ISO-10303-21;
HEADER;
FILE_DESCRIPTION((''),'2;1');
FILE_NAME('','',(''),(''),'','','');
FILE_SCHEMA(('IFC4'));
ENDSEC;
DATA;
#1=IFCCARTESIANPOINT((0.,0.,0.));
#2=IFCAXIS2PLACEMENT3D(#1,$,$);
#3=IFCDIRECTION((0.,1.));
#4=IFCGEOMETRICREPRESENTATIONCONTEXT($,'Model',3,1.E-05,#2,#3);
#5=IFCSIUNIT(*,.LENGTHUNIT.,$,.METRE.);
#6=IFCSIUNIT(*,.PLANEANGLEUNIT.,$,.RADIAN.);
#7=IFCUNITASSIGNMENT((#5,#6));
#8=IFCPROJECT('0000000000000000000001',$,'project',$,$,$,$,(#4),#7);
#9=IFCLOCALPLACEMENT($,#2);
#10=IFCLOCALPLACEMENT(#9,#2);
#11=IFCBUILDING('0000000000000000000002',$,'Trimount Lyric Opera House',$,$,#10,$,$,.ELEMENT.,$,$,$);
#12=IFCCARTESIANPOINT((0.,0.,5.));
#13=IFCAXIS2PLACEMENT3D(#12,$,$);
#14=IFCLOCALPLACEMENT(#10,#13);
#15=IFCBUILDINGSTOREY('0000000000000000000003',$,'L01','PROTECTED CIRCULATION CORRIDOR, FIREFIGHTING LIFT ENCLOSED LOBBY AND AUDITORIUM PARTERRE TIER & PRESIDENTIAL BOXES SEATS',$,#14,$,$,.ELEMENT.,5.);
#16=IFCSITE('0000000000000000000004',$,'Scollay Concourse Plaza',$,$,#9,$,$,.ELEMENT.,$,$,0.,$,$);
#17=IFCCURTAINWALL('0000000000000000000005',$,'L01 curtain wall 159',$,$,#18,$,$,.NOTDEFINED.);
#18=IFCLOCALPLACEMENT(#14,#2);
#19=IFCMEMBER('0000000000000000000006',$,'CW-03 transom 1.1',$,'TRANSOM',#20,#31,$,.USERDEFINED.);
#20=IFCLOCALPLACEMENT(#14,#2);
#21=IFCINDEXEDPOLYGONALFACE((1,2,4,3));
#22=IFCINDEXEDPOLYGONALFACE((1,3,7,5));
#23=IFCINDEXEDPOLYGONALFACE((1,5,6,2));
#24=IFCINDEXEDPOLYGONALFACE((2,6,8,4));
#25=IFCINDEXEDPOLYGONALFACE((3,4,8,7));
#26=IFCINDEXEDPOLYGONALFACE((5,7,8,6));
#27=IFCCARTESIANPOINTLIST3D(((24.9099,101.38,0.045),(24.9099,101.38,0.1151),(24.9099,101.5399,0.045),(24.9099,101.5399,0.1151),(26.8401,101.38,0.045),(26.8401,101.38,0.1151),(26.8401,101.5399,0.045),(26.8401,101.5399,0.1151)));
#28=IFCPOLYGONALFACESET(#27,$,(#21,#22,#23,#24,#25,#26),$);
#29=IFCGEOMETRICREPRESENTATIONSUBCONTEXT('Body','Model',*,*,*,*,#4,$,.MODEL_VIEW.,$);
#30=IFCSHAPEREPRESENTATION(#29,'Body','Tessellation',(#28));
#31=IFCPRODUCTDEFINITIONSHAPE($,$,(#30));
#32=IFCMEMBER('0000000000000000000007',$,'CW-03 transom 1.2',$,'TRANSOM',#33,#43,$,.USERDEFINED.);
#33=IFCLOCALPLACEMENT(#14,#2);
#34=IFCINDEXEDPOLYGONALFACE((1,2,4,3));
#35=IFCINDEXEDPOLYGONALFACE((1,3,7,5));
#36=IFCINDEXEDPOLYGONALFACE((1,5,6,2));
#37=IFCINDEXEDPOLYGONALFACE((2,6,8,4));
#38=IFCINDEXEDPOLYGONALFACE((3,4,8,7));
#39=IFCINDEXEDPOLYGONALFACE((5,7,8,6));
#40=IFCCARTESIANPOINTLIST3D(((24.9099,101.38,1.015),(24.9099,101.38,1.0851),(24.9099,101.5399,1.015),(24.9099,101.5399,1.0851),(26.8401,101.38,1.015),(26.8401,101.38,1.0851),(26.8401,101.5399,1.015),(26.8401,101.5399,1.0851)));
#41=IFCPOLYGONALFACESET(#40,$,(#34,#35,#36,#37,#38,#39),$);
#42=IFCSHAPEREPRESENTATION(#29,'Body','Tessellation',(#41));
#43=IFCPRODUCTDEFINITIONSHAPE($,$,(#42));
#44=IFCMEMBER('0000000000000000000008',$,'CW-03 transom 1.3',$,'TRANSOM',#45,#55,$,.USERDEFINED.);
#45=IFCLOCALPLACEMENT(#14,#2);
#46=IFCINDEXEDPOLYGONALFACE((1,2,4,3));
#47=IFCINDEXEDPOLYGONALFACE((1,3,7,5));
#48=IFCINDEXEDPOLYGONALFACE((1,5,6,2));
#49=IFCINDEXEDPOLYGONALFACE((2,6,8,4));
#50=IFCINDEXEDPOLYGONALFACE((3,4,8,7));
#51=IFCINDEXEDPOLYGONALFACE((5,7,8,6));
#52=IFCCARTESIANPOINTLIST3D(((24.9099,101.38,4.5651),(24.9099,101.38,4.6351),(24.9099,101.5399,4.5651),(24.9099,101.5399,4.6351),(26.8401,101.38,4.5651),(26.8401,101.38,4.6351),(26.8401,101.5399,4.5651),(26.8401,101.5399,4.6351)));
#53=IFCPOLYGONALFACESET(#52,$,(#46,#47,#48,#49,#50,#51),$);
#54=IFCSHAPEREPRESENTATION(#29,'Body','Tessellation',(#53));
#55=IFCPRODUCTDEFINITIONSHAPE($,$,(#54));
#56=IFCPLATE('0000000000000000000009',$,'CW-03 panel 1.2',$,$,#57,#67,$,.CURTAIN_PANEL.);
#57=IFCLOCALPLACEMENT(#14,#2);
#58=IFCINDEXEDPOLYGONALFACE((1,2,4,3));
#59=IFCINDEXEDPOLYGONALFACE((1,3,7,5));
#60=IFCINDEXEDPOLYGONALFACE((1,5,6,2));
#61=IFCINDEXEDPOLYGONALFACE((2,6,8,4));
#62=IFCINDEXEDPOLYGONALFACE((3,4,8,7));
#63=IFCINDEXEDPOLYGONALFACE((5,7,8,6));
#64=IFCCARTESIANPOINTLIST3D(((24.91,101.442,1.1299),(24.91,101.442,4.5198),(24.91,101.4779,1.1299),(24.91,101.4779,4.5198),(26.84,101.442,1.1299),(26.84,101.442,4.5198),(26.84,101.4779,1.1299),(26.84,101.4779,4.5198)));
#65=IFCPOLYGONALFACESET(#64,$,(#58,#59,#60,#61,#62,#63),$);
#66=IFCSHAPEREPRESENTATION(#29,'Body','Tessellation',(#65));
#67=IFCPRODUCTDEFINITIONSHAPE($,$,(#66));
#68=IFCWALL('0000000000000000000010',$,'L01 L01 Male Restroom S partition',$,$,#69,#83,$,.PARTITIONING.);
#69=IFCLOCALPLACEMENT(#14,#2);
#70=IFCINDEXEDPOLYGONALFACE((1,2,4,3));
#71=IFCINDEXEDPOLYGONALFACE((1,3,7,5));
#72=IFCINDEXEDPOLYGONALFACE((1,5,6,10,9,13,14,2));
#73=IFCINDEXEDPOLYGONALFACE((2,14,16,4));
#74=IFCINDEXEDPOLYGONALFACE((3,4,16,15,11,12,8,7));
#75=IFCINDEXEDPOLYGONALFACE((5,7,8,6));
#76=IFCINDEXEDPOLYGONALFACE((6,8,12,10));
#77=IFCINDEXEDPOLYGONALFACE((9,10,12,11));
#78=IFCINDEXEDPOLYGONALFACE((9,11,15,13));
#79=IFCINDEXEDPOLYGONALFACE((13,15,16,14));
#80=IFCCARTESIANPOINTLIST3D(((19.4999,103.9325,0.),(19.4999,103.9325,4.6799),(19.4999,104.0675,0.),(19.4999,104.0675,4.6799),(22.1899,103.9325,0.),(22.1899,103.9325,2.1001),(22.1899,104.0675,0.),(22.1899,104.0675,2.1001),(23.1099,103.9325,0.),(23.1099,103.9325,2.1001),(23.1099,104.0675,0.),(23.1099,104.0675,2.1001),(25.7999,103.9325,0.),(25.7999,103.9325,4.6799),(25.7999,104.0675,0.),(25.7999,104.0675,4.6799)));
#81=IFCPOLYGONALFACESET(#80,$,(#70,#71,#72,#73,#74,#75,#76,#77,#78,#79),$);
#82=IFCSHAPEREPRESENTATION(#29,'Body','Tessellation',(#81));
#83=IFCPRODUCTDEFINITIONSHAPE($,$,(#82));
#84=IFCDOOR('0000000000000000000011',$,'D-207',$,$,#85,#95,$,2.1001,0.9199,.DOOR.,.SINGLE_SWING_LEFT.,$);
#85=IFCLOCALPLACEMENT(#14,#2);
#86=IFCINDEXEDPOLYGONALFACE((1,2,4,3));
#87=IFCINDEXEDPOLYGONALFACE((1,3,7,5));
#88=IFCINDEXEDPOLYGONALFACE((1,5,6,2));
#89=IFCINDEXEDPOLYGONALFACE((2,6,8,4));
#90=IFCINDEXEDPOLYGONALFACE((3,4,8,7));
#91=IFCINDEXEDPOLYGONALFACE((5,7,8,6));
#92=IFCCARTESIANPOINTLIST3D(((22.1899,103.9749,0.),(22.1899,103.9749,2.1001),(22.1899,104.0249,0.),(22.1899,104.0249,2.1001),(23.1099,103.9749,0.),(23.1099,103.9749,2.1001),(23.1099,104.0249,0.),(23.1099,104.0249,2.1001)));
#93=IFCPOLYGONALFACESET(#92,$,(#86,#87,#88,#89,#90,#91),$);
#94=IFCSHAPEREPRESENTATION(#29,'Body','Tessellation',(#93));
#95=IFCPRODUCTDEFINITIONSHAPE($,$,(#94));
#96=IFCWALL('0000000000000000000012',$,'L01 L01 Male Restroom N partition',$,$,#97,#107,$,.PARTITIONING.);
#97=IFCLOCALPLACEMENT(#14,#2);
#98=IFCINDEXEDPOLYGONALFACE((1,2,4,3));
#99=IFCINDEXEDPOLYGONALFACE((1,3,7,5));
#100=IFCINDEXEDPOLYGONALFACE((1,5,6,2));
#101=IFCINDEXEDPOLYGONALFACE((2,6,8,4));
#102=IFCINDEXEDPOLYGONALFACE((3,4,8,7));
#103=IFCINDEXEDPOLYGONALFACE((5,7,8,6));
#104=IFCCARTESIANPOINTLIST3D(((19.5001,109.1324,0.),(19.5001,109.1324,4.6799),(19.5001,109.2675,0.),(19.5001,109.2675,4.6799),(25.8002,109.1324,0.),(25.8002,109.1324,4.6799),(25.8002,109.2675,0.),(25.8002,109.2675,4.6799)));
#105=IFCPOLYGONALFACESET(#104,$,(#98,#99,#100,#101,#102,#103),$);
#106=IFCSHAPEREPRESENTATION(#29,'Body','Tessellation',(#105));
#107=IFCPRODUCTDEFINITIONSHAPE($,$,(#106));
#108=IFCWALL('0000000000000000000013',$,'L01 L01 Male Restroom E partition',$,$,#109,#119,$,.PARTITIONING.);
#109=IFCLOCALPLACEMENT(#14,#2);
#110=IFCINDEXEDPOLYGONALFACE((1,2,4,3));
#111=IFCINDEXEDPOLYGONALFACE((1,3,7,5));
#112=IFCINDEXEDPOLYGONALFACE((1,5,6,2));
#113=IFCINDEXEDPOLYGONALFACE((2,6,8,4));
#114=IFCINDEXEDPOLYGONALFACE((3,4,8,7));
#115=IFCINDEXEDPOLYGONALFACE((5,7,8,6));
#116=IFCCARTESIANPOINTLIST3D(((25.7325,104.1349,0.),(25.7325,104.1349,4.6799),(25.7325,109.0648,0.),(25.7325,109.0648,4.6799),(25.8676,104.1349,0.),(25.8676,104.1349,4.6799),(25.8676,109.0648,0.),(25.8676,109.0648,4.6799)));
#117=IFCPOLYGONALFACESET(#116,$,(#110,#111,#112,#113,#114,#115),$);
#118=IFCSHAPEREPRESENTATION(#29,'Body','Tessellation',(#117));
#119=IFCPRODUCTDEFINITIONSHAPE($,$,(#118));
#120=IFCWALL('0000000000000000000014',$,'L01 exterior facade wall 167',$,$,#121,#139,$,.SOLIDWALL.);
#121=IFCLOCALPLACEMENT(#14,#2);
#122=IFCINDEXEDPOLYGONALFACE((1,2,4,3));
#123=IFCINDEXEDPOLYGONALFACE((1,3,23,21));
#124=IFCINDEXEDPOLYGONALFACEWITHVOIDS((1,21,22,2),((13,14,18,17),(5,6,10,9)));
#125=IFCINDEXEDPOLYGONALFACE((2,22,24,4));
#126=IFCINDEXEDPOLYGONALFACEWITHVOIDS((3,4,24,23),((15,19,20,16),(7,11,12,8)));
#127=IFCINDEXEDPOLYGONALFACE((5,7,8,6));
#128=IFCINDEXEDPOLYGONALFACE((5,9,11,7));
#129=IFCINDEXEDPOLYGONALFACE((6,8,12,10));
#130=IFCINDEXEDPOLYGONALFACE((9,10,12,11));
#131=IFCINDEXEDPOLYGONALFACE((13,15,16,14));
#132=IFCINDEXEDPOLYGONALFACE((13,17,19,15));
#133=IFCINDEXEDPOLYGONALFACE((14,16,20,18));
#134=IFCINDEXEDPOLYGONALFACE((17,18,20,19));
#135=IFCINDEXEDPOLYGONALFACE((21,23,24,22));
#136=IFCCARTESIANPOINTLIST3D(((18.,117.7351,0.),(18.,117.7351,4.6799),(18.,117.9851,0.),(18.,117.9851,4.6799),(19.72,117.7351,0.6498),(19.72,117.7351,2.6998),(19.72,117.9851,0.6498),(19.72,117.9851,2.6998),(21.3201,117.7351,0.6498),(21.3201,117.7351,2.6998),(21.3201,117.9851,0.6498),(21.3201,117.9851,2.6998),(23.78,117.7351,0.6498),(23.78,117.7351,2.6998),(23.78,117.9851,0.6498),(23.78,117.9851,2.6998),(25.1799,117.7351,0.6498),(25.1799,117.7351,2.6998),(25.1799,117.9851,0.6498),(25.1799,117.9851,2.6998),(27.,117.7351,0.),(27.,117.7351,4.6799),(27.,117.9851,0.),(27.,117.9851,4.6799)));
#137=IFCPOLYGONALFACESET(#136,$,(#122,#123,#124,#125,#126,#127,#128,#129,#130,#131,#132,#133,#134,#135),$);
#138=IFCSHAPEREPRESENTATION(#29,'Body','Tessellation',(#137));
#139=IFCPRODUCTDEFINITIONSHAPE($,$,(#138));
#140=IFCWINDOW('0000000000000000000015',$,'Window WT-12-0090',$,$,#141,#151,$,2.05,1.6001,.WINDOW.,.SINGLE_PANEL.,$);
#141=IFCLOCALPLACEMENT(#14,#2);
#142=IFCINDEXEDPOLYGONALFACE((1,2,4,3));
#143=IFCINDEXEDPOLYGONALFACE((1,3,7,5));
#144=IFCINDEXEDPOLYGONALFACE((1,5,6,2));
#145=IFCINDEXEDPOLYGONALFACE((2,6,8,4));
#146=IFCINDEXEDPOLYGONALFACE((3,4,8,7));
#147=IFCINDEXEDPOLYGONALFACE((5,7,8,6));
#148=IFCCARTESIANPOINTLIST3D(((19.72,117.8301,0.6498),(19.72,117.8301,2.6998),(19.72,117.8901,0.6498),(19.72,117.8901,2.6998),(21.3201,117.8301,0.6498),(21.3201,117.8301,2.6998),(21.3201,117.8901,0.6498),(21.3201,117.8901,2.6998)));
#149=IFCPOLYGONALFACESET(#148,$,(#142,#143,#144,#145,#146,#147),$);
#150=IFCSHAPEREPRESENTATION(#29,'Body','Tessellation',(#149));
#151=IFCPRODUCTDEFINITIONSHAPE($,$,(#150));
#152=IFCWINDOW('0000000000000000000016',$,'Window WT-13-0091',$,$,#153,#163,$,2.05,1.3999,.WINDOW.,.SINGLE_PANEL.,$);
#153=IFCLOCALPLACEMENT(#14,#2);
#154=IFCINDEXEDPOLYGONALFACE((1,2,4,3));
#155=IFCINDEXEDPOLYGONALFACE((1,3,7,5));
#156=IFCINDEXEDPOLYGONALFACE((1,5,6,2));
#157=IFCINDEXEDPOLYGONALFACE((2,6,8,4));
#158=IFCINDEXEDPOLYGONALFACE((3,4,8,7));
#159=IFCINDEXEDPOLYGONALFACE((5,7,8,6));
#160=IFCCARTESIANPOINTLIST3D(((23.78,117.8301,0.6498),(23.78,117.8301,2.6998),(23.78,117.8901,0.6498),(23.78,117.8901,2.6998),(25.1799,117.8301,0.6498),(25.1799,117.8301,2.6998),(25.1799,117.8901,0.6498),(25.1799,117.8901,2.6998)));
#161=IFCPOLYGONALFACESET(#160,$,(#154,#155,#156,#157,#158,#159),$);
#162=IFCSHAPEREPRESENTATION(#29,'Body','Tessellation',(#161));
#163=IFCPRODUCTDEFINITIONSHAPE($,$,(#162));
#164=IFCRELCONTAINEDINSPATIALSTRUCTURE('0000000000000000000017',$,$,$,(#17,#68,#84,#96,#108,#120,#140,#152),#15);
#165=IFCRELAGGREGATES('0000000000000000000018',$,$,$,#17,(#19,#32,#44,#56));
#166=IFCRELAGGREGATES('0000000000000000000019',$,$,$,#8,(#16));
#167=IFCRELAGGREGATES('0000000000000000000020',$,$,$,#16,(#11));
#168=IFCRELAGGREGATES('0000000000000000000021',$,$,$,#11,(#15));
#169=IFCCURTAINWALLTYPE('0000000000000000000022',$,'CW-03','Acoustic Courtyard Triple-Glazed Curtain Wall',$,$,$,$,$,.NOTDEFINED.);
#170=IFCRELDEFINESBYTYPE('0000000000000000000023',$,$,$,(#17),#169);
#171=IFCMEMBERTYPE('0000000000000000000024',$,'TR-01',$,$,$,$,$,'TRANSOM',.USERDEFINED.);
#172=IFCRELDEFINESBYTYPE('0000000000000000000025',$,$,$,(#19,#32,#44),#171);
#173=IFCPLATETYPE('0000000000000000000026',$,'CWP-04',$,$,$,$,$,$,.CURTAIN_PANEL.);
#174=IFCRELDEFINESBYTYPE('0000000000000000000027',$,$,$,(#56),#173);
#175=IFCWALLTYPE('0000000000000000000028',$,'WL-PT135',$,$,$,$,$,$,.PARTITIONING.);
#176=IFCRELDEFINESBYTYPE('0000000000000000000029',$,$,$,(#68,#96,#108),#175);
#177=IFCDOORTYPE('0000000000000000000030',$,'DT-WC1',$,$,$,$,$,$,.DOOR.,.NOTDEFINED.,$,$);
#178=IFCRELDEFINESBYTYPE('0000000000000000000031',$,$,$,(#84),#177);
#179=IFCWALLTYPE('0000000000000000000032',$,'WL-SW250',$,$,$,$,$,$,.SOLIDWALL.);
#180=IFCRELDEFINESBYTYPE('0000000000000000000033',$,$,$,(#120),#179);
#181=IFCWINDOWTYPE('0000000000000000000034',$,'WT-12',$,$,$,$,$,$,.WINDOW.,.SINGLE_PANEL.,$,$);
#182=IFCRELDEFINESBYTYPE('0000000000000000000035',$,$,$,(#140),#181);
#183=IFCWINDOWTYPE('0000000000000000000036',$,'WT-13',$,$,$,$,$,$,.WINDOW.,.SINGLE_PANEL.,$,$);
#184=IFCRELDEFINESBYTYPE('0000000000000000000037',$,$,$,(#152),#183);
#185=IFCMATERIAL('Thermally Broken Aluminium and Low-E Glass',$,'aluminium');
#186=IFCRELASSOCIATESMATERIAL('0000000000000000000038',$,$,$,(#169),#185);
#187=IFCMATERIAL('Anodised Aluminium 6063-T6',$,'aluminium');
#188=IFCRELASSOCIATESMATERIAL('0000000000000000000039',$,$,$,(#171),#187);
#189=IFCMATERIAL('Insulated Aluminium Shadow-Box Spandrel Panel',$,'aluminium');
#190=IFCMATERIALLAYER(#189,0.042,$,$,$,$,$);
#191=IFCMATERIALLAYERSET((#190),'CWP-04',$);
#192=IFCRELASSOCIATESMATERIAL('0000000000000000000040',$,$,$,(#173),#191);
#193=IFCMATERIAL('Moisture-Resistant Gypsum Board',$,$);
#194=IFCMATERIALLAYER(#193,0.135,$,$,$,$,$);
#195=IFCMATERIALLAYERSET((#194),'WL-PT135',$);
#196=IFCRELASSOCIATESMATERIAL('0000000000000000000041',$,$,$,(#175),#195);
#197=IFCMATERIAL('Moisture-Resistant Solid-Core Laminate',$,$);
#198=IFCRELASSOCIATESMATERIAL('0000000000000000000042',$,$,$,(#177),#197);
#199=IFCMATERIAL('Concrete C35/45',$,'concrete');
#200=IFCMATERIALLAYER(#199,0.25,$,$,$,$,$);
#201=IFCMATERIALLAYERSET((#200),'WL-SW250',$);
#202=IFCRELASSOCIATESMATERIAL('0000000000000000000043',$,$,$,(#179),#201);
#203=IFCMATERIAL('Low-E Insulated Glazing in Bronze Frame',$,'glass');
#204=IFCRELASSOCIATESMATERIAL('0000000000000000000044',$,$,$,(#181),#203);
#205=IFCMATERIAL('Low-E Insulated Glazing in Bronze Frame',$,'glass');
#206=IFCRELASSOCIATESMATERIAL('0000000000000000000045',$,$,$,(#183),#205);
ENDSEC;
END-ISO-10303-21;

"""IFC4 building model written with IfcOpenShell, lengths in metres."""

from ifc_helpers import new_model, si_unit, direction, frame, frame_2d, origin, origin_2d, place, context, subcontext, project, spatial, rectangle, extrude, material, layer, layer_set, material_profile, profile_set, type_object, element, fill, aggregate, save


model = new_model("IFC4")

# Units and contexts
model_context = context("Model", 3, precision=1e-05, world=origin(), true_north=direction((0.0, 1.0)))
body_context = subcontext(model_context, "Body", "Model", "MODEL_VIEW")
ifc_project = project(units=[si_unit("LENGTHUNIT", "METRE"), si_unit("PLANEANGLEUNIT", "RADIAN")], contexts=[model_context])

# Site, building, storey
site_placement = place(None, origin())
site = spatial("IfcSite", under=ifc_project, at=site_placement, Name="Scollay Concourse Plaza", CompositionType="ELEMENT", RefElevation=0.0)
building_placement = place(site_placement, origin())
building = spatial("IfcBuilding", under=site, at=building_placement, Name="Trimount Lyric Opera House", CompositionType="ELEMENT")
storey_placement = place(building_placement, frame((0.0, 0.0, 5.0)))
storey = spatial("IfcBuildingStorey", under=building, at=storey_placement, Name="L01", Description="PROTECTED CIRCULATION CORRIDOR, FIREFIGHTING LIFT ENCLOSED LOBBY AND AUDITORIUM PARTERRE TIER & PRESIDENTIAL BOXES SEATS", CompositionType="ELEMENT", Elevation=5.0)

# Curtain wall
ifc_material_1 = material(Name="Thermally Broken Aluminium and Low-E Glass", Category="aluminium")
curtain_wall_type = type_object("IfcCurtainWallType", Name="CW-03", Description="Acoustic Courtyard Triple-Glazed Curtain Wall", PredefinedType="NOTDEFINED", material=ifc_material_1)
curtain_wall_placement = place(storey_placement, origin())
curtain_wall = element("IfcCurtainWall", 1, at=curtain_wall_placement, inside=storey, type_object=curtain_wall_type, Name="L01 curtain wall 159", PredefinedType="NOTDEFINED")

# Members
ifc_material_2 = material(Name="Anodised Aluminium 6063-T6", Category="aluminium")
ifc_material_profile_1 = material_profile(ifc_material_2, rectangle(XDim=0.1599, YDim=0.0701, at=origin_2d()), Name="ALU-TRAN-70X160")
ifc_profile_set_1 = profile_set([ifc_material_profile_1], Name="Anodised Aluminium 6063-T6")
member_type_1 = type_object("IfcMemberType", Name="TR-01", ElementType="TRANSOM", PredefinedType="USERDEFINED", material=ifc_profile_set_1)
member_1_placement = place(storey_placement, frame((26.8401, 101.46, 0.0801), z_axis=(-1.0, 0.0, 0.0), x_axis=(0.0, -1.0, 0.0)))
member_1 = element("IfcMember", 2, at=member_1_placement, type_object=member_type_1, Name="CW-03 transom 1.1", ObjectType="TRANSOM", PredefinedType="USERDEFINED", context=body_context, shape_type="SweptSolid", body=[
    extrude(rectangle(XDim=0.1599, YDim=0.0701, at=origin_2d()), origin(), (0.0, 0.0, 1.0), 1.9302),
])
member_2_placement = place(storey_placement, frame((26.8401, 101.46, 1.05), z_axis=(-1.0, 0.0, 0.0), x_axis=(0.0, -1.0, 0.0)))
member_2 = element("IfcMember", 3, at=member_2_placement, type_object=member_type_1, Name="CW-03 transom 1.2", ObjectType="TRANSOM", PredefinedType="USERDEFINED", context=body_context, shape_type="SweptSolid", body=[
    extrude(rectangle(XDim=0.1599, YDim=0.0701, at=origin_2d()), origin(), (0.0, 0.0, 1.0), 1.9302),
])
member_3_placement = place(storey_placement, frame((26.8401, 101.46, 4.6001), z_axis=(-1.0, 0.0, 0.0), x_axis=(0.0, -1.0, 0.0)))
member_3 = element("IfcMember", 4, at=member_3_placement, type_object=member_type_1, Name="CW-03 transom 1.3", ObjectType="TRANSOM", PredefinedType="USERDEFINED", context=body_context, shape_type="SweptSolid", body=[
    extrude(rectangle(XDim=0.1599, YDim=0.0701, at=origin_2d()), origin(), (0.0, 0.0, 1.0), 1.9302),
])

# Plate
ifc_material_3 = material(Name="Insulated Aluminium Shadow-Box Spandrel Panel", Category="aluminium")
ifc_layer_1 = layer(ifc_material_3, 0.042)
ifc_layer_set_1 = layer_set([ifc_layer_1], Name="CWP-04")
plate_type = type_object("IfcPlateType", Name="CWP-04", PredefinedType="CURTAIN_PANEL", material=ifc_layer_set_1)
plate_placement = place(storey_placement, frame((25.875, 101.46, 1.1299), z_axis=(0.0, 0.0, 1.0), x_axis=(-1.0, 0.0, 0.0)))
plate = element("IfcPlate", 5, at=plate_placement, type_object=plate_type, Name="CW-03 panel 1.2", PredefinedType="CURTAIN_PANEL", context=body_context, shape_type="SweptSolid", body=[
    extrude(rectangle(XDim=1.9299, YDim=0.0359, at=origin_2d()), origin(), (0.0, 0.0, 1.0), 3.3899),
])
aggregate(curtain_wall, [member_1, member_2, member_3, plate])

# Wall, opening, door
ifc_material_4 = material(Name="Moisture-Resistant Gypsum Board")
ifc_layer_2 = layer(ifc_material_4, 0.135)
ifc_layer_set_2 = layer_set([ifc_layer_2], Name="WL-PT135")
wall_type_1 = type_object("IfcWallType", Name="WL-PT135", PredefinedType="PARTITIONING", material=ifc_layer_set_2)
wall_1_placement = place(storey_placement, frame((19.5, 104.0, 0.0), z_axis=(0.0, 0.0, 1.0), x_axis=(1.0, 0.0, 0.0)))
wall_1 = element("IfcWall", 6, at=wall_1_placement, inside=storey, type_object=wall_type_1, Name="L01 L01 Male Restroom S partition", PredefinedType="PARTITIONING", context=body_context, shape_type="SweptSolid", body=[
    extrude(rectangle(XDim=6.3, YDim=0.135, at=frame_2d((3.1499, 0.0))), origin(), (0.0, 0.0, 1.0), 4.6799),
])
opening_1_placement = place(wall_1_placement, frame((2.6899, 0.0, 0.0)))
opening_1 = element("IfcOpeningElement", 7, at=opening_1_placement, cuts=wall_1, PredefinedType="OPENING", context=body_context, shape_type="SweptSolid", body=[
    extrude(rectangle(XDim=0.9199, YDim=2.1001, at=frame_2d((0.46, 1.05))), frame((0.0, 0.0776, 0.0), z_axis=(0.0, -1.0, 0.0), x_axis=(1.0, 0.0, 0.0)), (0.0, 0.0, 1.0), 0.155),
])
ifc_material_5 = material(Name="Moisture-Resistant Solid-Core Laminate")
door_type = type_object("IfcDoorType", Name="DT-WC1", OperationType="NOTDEFINED", PredefinedType="DOOR", material=ifc_material_5)
door_placement = place(opening_1_placement, origin())
door = element("IfcDoor", 8, at=door_placement, inside=storey, type_object=door_type, Name="D-207", OperationType="SINGLE_SWING_LEFT", OverallHeight=2.1001, OverallWidth=0.9199, PredefinedType="DOOR", context=body_context, shape_type="SweptSolid", body=[
    extrude(rectangle(XDim=0.9199, YDim=2.1001, at=frame_2d((0.46, 1.05))), frame((0.0, 0.0249, 0.0), z_axis=(0.0, -1.0, 0.0), x_axis=(1.0, 0.0, 0.0)), (0.0, 0.0, 1.0), 0.05),
])
fill(opening_1, door)

# Walls
wall_2_placement = place(storey_placement, frame((25.8, 109.2, 0.0), z_axis=(0.0, 0.0, 1.0), x_axis=(-1.0, 0.0, 0.0)))
element("IfcWall", 9, at=wall_2_placement, inside=storey, type_object=wall_type_1, Name="L01 L01 Male Restroom N partition", PredefinedType="PARTITIONING", context=body_context, shape_type="SweptSolid", body=[
    extrude(rectangle(XDim=6.3, YDim=0.135, at=frame_2d((3.1499, 0.0))), origin(), (0.0, 0.0, 1.0), 4.6799),
])
for number, where, z_axis, x_axis, name in (
    (10, (25.8, 104.135, 0.0), (0.0, 0.0, 1.0), (0.0, 1.0, 0.0), "L01 L01 Male Restroom E partition"),
):
    element("IfcWall", number, at=place(storey_placement, frame(where, z_axis=z_axis, x_axis=x_axis)), inside=storey, type_object=wall_type_1, Name=name, PredefinedType="PARTITIONING", context=body_context, shape_type="SweptSolid", body=[
        extrude(rectangle(XDim=4.9299, YDim=0.135, at=frame_2d((2.4648, 0.0))), origin(), (0.0, 0.0, 1.0), 4.6799),
    ])

# Wall, openings, windows
ifc_material_6 = material(Name="Concrete C35/45", Category="concrete")
ifc_layer_3 = layer(ifc_material_6, 0.25)
ifc_layer_set_3 = layer_set([ifc_layer_3], Name="WL-SW250")
wall_type_2 = type_object("IfcWallType", Name="WL-SW250", PredefinedType="SOLIDWALL", material=ifc_layer_set_3)
wall_3_placement = place(storey_placement, frame((18.0, 117.8601, 0.0), z_axis=(0.0, 0.0, 1.0), x_axis=(1.0, 0.0, 0.0)))
wall_3 = element("IfcWall", 11, at=wall_3_placement, inside=storey, type_object=wall_type_2, Name="L01 exterior facade wall 167", PredefinedType="SOLIDWALL", context=body_context, shape_type="SweptSolid", body=[
    extrude(rectangle(XDim=9.0, YDim=0.25, at=frame_2d((4.5, 0.0))), origin(), (0.0, 0.0, 1.0), 4.6799),
])
opening_2_placement = place(wall_3_placement, frame((1.72, 0.0, 0.6499)))
opening_2 = element("IfcOpeningElement", 12, at=opening_2_placement, cuts=wall_3, PredefinedType="OPENING", context=body_context, shape_type="SweptSolid", body=[
    extrude(rectangle(XDim=1.6001, YDim=2.05, at=frame_2d((0.8, 1.0249))), frame((0.0, 0.135, 0.0), z_axis=(0.0, -1.0, 0.0), x_axis=(1.0, 0.0, 0.0)), (0.0, 0.0, 1.0), 0.27),
])
opening_3_placement = place(wall_3_placement, frame((5.78, 0.0, 0.6499)))
opening_3 = element("IfcOpeningElement", 13, at=opening_3_placement, cuts=wall_3, PredefinedType="OPENING", context=body_context, shape_type="SweptSolid", body=[
    extrude(rectangle(XDim=1.3999, YDim=2.05, at=frame_2d((0.7, 1.0249))), frame((0.0, 0.135, 0.0), z_axis=(0.0, -1.0, 0.0), x_axis=(1.0, 0.0, 0.0)), (0.0, 0.0, 1.0), 0.27),
])
ifc_material_7 = material(Name="Low-E Insulated Glazing in Bronze Frame", Category="glass")
window_type_1 = type_object("IfcWindowType", Name="WT-12", PartitioningType="SINGLE_PANEL", PredefinedType="WINDOW", material=ifc_material_7)
window_1_placement = place(opening_2_placement, origin())
window_1 = element("IfcWindow", 14, at=window_1_placement, inside=storey, type_object=window_type_1, Name="Window WT-12-0090", OverallHeight=2.05, OverallWidth=1.6001, PartitioningType="SINGLE_PANEL", PredefinedType="WINDOW", context=body_context, shape_type="SweptSolid", body=[
    extrude(rectangle(XDim=1.6001, YDim=2.05, at=frame_2d((0.8, 1.0249))), frame((0.0, 0.03, 0.0), z_axis=(0.0, -1.0, 0.0), x_axis=(1.0, 0.0, 0.0)), (0.0, 0.0, 1.0), 0.0601),
])
fill(opening_2, window_1)
ifc_material_8 = material(Name="Low-E Insulated Glazing in Bronze Frame", Category="glass")
window_type_2 = type_object("IfcWindowType", Name="WT-13", PartitioningType="SINGLE_PANEL", PredefinedType="WINDOW", material=ifc_material_8)
window_2_placement = place(opening_3_placement, origin())
window_2 = element("IfcWindow", 15, at=window_2_placement, inside=storey, type_object=window_type_2, Name="Window WT-13-0091", OverallHeight=2.05, OverallWidth=1.3999, PartitioningType="SINGLE_PANEL", PredefinedType="WINDOW", context=body_context, shape_type="SweptSolid", body=[
    extrude(rectangle(XDim=1.3999, YDim=2.05, at=frame_2d((0.7, 1.0249))), frame((0.0, 0.03, 0.0), z_axis=(0.0, -1.0, 0.0), x_axis=(1.0, 0.0, 0.0)), (0.0, 0.0, 1.0), 0.0601),
])
fill(opening_3, window_2)

save(model, "model.ifc")
